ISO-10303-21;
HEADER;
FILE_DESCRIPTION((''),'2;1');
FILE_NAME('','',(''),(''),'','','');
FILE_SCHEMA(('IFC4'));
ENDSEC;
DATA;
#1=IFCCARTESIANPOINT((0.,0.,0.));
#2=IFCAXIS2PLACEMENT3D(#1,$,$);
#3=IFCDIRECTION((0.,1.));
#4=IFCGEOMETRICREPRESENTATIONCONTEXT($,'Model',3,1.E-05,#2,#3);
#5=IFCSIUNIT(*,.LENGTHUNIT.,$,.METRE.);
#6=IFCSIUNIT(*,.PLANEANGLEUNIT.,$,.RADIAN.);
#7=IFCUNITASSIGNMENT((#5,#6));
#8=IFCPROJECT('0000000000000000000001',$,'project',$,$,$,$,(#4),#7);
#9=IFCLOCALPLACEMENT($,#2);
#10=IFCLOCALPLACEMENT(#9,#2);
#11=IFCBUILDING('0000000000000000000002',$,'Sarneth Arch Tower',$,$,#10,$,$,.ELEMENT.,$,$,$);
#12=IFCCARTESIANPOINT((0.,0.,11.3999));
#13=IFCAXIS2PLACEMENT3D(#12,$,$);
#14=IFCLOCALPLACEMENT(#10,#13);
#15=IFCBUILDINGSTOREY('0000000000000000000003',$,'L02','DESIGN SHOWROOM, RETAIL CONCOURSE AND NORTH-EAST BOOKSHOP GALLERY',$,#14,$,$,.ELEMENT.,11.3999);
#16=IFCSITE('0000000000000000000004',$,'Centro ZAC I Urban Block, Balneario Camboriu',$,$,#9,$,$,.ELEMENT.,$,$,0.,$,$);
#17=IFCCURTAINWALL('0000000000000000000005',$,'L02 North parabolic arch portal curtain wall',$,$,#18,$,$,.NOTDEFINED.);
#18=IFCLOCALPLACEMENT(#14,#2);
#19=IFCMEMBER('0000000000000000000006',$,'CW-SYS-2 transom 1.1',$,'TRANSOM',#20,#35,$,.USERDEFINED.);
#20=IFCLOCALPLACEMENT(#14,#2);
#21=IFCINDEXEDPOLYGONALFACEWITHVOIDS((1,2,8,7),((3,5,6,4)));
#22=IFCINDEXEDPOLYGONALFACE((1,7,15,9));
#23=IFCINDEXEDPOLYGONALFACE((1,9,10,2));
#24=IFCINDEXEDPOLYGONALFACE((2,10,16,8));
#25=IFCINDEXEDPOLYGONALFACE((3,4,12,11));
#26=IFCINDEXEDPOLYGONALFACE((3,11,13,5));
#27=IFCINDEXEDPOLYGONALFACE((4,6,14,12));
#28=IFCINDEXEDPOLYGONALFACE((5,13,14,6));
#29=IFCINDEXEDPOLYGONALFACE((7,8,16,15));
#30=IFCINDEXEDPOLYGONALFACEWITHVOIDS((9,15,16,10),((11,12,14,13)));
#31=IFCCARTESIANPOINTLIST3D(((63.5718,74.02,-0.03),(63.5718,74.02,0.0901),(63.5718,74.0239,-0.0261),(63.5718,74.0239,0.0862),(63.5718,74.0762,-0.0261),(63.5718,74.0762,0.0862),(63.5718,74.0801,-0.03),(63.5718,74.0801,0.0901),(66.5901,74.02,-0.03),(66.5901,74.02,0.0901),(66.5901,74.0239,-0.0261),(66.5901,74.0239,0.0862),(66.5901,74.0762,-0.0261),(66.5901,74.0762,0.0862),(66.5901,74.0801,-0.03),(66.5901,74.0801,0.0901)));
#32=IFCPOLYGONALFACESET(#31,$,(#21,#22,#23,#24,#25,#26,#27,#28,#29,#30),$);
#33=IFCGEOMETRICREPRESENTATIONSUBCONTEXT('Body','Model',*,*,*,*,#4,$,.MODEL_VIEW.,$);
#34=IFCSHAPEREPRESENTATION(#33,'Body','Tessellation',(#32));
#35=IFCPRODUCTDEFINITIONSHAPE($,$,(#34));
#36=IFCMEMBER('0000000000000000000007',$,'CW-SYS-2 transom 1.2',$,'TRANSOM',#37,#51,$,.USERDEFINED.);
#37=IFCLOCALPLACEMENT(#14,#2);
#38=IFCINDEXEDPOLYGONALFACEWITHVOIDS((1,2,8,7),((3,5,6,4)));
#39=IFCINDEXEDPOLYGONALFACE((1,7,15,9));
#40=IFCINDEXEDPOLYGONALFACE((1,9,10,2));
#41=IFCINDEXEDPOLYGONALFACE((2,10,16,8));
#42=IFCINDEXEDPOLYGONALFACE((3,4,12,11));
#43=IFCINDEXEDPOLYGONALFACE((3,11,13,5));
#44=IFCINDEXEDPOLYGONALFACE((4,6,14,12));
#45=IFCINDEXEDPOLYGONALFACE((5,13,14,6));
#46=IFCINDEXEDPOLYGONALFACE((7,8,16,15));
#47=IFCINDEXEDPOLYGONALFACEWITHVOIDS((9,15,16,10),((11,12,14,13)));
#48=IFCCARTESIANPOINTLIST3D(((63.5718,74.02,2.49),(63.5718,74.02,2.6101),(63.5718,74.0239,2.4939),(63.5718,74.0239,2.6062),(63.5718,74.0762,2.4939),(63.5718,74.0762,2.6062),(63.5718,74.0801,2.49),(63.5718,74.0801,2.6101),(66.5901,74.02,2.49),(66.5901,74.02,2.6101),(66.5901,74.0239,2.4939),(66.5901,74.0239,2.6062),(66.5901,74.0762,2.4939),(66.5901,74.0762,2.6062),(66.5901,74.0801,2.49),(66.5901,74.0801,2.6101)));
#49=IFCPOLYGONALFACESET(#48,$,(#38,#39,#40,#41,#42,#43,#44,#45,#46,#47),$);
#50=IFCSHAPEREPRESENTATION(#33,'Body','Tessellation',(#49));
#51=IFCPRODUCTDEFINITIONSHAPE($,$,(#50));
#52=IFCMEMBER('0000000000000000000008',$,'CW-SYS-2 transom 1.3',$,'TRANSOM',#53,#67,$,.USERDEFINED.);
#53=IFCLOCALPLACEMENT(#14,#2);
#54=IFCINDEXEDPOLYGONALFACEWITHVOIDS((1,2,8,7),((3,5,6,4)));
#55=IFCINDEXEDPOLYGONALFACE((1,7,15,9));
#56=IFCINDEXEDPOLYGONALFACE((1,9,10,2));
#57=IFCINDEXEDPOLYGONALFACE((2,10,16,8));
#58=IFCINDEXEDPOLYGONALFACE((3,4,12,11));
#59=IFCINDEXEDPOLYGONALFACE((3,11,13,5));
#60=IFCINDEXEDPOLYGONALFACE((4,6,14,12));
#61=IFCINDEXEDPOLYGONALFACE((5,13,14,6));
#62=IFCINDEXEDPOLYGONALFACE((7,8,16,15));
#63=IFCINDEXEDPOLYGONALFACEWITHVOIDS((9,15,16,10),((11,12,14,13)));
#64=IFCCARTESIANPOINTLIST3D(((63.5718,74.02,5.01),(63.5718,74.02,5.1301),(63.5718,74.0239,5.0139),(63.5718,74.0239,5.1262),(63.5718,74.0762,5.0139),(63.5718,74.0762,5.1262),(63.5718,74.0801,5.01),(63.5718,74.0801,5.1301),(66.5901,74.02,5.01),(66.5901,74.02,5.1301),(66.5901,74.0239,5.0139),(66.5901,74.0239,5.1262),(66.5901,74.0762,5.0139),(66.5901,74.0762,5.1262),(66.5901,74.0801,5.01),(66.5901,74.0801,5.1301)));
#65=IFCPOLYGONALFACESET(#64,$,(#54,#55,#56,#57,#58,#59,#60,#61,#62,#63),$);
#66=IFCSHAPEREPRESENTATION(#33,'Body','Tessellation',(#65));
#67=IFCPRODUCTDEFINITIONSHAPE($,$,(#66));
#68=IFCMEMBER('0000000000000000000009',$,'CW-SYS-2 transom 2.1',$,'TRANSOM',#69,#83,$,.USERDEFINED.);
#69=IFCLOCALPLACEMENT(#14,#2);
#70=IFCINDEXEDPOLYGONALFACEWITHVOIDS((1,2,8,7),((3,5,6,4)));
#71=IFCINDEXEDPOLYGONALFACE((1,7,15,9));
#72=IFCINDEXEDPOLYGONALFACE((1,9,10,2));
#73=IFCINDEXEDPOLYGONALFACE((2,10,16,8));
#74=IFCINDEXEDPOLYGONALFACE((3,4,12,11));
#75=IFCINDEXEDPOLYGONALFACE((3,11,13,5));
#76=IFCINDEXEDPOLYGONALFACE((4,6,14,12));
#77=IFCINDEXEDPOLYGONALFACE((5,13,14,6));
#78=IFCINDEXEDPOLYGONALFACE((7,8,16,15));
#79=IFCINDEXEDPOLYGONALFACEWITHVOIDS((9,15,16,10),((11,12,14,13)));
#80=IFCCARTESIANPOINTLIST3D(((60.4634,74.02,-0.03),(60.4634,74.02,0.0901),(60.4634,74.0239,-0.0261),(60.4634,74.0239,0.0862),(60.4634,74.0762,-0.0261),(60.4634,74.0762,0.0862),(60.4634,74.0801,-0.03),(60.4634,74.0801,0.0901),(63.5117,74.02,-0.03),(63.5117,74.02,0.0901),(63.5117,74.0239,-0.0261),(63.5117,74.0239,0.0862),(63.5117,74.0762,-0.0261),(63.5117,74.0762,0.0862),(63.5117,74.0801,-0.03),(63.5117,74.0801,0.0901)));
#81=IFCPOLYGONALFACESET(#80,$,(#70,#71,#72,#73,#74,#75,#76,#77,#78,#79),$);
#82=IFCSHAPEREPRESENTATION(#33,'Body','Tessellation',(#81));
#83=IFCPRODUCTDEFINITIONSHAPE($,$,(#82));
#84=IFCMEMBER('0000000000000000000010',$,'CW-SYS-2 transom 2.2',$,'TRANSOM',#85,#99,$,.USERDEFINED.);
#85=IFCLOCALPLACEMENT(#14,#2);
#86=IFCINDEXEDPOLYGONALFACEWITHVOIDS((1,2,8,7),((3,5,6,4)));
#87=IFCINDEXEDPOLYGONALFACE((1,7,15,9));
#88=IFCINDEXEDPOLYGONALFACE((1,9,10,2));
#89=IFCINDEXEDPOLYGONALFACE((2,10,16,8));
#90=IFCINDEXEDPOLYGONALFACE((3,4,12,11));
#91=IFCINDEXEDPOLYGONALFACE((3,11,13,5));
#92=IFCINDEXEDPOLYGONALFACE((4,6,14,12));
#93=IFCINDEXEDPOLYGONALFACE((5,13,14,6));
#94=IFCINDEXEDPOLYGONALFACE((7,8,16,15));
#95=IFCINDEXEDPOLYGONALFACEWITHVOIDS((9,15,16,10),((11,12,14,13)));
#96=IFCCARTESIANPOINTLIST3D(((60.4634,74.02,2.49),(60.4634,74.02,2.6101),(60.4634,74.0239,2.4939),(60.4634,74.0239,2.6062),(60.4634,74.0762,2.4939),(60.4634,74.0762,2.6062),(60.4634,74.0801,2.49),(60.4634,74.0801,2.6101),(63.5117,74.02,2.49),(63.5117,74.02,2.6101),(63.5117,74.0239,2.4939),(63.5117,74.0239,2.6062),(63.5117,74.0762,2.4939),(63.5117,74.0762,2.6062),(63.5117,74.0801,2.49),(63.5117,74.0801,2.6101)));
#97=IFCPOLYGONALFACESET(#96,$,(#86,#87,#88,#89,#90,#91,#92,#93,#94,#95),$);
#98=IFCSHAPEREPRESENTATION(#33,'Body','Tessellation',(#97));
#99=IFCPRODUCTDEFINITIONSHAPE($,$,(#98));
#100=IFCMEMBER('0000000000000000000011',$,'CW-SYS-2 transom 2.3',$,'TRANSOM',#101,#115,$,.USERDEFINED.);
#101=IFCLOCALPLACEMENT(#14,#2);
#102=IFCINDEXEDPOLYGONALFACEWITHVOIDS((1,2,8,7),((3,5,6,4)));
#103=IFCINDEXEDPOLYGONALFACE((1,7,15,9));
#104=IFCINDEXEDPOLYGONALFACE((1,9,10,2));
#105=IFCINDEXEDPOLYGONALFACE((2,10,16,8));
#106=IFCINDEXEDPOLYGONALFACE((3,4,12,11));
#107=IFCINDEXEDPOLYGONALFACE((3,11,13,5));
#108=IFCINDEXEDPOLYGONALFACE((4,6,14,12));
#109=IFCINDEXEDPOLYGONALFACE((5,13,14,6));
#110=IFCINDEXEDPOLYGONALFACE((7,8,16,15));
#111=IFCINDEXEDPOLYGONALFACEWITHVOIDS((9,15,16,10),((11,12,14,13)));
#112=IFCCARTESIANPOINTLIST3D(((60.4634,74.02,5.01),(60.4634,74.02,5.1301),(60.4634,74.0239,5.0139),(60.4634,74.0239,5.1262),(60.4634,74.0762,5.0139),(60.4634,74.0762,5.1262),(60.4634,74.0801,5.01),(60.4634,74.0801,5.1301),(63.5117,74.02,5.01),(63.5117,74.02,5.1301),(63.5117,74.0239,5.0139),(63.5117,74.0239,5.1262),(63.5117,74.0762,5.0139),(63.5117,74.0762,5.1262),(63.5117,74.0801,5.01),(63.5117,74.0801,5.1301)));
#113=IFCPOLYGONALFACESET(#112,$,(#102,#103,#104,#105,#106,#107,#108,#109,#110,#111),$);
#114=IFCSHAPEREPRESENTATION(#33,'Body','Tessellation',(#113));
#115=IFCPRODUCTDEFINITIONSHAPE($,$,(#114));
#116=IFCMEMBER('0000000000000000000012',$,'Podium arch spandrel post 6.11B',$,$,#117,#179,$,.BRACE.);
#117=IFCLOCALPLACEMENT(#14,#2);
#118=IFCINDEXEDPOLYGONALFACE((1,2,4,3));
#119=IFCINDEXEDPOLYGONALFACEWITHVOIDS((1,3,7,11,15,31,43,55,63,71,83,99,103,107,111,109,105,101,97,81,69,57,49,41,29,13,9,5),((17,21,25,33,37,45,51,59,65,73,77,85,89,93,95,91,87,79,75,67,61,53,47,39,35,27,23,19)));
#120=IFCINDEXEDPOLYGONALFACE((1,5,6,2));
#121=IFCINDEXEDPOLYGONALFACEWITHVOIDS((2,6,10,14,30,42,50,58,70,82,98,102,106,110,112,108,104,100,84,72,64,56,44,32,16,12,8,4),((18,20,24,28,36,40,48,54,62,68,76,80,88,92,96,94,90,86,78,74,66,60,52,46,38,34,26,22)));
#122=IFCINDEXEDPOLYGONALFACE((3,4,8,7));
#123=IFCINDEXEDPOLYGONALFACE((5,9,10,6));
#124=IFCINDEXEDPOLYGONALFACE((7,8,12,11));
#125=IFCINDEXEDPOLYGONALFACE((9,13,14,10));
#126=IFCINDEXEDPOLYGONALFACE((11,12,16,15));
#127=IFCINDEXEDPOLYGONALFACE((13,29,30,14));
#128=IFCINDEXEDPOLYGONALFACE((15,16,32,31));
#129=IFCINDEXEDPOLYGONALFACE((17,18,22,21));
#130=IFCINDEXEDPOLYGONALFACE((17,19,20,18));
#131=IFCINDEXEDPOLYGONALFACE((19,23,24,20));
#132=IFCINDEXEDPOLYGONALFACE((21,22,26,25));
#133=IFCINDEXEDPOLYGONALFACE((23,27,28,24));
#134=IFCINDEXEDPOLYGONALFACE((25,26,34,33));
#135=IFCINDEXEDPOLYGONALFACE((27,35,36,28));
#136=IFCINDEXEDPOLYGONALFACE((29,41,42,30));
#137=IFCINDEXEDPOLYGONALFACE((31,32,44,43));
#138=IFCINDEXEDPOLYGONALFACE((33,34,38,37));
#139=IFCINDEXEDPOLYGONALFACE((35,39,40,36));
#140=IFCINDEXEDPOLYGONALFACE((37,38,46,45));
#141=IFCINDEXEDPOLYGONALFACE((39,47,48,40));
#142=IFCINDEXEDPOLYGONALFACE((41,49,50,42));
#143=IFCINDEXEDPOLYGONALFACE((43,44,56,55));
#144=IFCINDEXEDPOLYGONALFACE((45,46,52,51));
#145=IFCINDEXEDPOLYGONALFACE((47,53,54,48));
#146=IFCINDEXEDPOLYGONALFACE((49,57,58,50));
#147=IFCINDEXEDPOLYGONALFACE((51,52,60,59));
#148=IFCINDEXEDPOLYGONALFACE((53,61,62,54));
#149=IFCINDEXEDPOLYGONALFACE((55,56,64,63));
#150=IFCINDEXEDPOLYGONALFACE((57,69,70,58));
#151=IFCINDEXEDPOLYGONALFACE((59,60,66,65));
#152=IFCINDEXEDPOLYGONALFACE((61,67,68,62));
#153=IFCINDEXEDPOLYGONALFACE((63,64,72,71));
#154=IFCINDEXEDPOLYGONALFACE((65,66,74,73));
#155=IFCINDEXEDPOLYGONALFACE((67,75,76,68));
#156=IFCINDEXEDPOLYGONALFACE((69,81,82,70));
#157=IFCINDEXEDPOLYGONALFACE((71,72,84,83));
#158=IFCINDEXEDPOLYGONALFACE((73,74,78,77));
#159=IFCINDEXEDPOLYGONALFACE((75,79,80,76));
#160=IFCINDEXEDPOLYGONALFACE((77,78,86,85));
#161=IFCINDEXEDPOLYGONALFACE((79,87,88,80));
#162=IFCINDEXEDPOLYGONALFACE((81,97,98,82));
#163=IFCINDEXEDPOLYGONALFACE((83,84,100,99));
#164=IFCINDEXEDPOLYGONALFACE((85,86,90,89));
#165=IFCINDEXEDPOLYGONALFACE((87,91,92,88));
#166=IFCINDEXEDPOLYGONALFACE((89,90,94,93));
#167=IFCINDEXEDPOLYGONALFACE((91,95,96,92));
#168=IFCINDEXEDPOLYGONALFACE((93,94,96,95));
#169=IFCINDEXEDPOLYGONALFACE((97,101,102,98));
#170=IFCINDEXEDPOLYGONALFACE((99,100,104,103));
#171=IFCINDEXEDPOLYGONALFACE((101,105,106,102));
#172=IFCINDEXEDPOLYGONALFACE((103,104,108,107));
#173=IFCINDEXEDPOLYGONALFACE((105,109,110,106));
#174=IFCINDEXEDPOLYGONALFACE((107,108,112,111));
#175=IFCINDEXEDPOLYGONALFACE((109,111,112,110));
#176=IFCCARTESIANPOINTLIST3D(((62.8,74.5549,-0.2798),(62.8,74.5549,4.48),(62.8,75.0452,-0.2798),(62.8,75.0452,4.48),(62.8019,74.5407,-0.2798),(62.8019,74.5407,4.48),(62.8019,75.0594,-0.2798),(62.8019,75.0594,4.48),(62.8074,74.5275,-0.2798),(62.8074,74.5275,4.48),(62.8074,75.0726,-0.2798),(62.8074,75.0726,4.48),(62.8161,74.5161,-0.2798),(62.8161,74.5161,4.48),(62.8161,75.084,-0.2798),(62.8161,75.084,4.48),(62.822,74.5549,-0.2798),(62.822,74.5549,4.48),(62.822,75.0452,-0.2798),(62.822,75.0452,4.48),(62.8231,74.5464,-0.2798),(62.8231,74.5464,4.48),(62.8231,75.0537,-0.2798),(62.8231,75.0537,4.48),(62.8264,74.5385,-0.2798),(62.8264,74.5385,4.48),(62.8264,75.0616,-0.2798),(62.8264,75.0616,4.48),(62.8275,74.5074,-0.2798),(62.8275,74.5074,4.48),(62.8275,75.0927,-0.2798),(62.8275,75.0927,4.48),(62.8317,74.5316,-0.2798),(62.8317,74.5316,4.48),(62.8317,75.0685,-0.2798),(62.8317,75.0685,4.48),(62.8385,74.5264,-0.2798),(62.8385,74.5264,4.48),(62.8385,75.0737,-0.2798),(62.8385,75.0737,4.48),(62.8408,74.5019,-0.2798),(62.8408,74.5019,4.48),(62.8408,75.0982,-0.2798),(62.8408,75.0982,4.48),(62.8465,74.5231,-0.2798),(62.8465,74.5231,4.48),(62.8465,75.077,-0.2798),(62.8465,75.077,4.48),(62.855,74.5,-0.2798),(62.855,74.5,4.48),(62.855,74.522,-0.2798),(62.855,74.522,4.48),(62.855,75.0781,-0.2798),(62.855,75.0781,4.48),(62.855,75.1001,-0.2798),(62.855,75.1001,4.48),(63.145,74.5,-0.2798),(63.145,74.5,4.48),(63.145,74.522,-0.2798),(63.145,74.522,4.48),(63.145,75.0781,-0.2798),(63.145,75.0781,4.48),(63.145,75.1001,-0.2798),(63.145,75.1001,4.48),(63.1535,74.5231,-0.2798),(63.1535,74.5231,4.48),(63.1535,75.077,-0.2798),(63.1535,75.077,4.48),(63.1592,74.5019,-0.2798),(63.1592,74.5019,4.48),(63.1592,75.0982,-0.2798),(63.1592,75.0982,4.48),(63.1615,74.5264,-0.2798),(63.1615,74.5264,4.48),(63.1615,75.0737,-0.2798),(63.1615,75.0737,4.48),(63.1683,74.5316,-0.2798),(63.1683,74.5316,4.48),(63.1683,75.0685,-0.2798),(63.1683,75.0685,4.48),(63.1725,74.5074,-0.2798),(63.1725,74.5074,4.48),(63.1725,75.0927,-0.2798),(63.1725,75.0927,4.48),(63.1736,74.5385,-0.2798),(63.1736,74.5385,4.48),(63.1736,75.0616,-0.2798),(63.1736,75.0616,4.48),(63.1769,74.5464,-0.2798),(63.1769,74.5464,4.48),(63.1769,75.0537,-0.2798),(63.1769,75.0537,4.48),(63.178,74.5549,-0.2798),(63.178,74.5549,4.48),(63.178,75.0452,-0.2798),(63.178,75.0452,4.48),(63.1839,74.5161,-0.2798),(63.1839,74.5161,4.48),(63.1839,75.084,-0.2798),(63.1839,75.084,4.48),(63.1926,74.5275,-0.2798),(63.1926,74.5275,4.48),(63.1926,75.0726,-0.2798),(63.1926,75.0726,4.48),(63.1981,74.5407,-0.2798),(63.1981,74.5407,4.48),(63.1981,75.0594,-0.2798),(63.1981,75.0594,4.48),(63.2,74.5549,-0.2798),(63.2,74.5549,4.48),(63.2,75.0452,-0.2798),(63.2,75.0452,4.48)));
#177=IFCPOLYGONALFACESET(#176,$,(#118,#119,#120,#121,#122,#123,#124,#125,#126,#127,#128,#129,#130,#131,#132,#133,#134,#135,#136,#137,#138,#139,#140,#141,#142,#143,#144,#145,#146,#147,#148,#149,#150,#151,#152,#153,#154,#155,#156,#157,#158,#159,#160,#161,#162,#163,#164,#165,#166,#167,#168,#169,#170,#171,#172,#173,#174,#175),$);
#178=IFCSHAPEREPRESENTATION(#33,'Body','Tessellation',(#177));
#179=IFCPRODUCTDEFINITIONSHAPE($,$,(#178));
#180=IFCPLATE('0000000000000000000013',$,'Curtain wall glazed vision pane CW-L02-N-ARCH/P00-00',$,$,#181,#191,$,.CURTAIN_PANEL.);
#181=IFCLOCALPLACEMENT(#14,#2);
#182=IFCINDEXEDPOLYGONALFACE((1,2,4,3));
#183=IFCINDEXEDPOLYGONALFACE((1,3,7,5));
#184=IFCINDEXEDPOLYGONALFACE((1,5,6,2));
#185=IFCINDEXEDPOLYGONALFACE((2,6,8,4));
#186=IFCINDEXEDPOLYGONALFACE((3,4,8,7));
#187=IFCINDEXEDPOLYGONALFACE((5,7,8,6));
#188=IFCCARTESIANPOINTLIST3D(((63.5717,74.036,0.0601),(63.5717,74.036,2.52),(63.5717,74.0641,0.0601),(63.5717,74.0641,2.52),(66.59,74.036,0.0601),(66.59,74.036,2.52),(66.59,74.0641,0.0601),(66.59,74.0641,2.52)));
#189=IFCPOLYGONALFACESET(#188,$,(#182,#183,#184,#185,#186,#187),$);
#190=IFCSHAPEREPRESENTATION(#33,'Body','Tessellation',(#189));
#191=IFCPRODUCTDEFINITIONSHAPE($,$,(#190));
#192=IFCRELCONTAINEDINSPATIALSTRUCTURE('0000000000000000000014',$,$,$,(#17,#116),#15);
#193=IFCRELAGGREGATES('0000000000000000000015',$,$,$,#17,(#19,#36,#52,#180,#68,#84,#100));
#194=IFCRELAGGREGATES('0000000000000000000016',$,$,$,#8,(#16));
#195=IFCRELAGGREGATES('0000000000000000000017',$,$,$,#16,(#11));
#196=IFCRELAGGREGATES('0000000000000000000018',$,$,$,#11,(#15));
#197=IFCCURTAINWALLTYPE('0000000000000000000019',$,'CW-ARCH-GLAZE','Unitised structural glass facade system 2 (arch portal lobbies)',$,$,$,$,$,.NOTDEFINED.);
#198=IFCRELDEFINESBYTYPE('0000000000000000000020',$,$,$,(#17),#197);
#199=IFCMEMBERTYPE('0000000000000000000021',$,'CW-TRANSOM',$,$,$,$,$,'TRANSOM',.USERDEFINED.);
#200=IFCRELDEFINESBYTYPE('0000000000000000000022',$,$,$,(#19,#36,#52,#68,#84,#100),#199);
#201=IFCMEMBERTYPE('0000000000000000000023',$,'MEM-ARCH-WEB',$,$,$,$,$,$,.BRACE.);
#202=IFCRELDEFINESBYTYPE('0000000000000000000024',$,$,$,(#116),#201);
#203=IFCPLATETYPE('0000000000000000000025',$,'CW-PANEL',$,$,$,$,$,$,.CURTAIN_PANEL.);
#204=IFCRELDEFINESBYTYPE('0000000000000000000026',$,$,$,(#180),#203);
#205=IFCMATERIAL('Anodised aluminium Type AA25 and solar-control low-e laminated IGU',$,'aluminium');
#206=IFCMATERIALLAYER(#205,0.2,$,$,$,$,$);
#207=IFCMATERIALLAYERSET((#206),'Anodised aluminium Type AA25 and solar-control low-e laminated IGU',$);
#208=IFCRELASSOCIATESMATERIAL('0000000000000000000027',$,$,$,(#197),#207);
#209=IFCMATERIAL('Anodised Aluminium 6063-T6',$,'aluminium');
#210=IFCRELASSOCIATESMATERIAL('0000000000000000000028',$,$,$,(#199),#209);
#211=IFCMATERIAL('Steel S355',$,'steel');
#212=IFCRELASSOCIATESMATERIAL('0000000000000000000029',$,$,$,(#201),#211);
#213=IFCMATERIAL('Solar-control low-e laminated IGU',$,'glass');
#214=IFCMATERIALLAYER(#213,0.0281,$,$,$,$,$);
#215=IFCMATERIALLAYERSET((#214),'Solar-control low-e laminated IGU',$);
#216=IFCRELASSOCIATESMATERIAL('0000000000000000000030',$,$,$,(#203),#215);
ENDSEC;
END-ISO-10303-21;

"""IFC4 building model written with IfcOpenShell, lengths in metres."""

from ifc_helpers import new_model, si_unit, direction, frame, origin, origin_2d, place, context, subcontext, project, spatial, rectangle, hollow_rectangle, extrude, material, layer, layer_set, material_profile, profile_set, type_object, element, aggregate, save


model = new_model("IFC4")

# Units and contexts
model_context = context("Model", 3, precision=1e-05, world=origin(), true_north=direction((0.0, 1.0)))
body_context = subcontext(model_context, "Body", "Model", "MODEL_VIEW")
ifc_project = project(units=[si_unit("LENGTHUNIT", "METRE"), si_unit("PLANEANGLEUNIT", "RADIAN")], contexts=[model_context])

# Site, building, storey
site_placement = place(None, origin())
site = spatial("IfcSite", under=ifc_project, at=site_placement, Name="Centro ZAC I Urban Block, Balneario Camboriu", CompositionType="ELEMENT", RefElevation=0.0)
building_placement = place(site_placement, origin())
building = spatial("IfcBuilding", under=site, at=building_placement, Name="Sarneth Arch Tower", CompositionType="ELEMENT")
storey_placement = place(building_placement, frame((0.0, 0.0, 11.3999)))
storey = spatial("IfcBuildingStorey", under=building, at=storey_placement, Name="L02", Description="DESIGN SHOWROOM, RETAIL CONCOURSE AND NORTH-EAST BOOKSHOP GALLERY", CompositionType="ELEMENT", Elevation=11.3999)

# Curtain wall
ifc_material_1 = material(Name="Anodised aluminium Type AA25 and solar-control low-e laminated IGU", Category="aluminium")
ifc_layer_1 = layer(ifc_material_1, 0.2)
ifc_layer_set_1 = layer_set([ifc_layer_1], Name="Anodised aluminium Type AA25 and solar-control low-e laminated IGU")
curtain_wall_type_1 = type_object("IfcCurtainWallType", Name="CW-ARCH-GLAZE", Description="Unitised structural glass facade system 2 (arch portal lobbies)", PredefinedType="NOTDEFINED", material=ifc_layer_set_1)
curtain_wall_1_placement = place(storey_placement, origin())
curtain_wall_1 = element("IfcCurtainWall", 1, at=curtain_wall_1_placement, inside=storey, type_object=curtain_wall_type_1, Name="L02 North parabolic arch portal curtain wall", PredefinedType="NOTDEFINED")

# Members
ifc_material_2 = material(Name="Anodised Aluminium 6063-T6", Category="aluminium")
ifc_material_profile_1 = material_profile(ifc_material_2, hollow_rectangle(XDim=0.0601, YDim=0.1201, WallThickness=0.0039, at=origin_2d()), Name="AL-TRAN-120x60x4")
ifc_profile_set_1 = profile_set([ifc_material_profile_1], Name="Anodised Aluminium 6063-T6")
member_type_1 = type_object("IfcMemberType", Name="CW-TRANSOM", ElementType="TRANSOM", PredefinedType="USERDEFINED", material=ifc_profile_set_1)
member_1_placement = place(storey_placement, frame((66.5901, 74.05, 0.03), z_axis=(-1.0, 0.0, 0.0), x_axis=(0.0, -1.0, 0.0)))
member_1 = element("IfcMember", 2, at=member_1_placement, type_object=member_type_1, Name="CW-SYS-2 transom 1.1", ObjectType="TRANSOM", PredefinedType="USERDEFINED", context=body_context, shape_type="SweptSolid", body=[
    extrude(hollow_rectangle(XDim=0.0601, YDim=0.1201, WallThickness=0.0039, at=origin_2d()), origin(), (0.0, 0.0, 1.0), 3.0183),
])
member_2_placement = place(storey_placement, frame((66.5901, 74.05, 2.55), z_axis=(-1.0, 0.0, 0.0), x_axis=(0.0, -1.0, 0.0)))
member_2 = element("IfcMember", 3, at=member_2_placement, type_object=member_type_1, Name="CW-SYS-2 transom 1.2", ObjectType="TRANSOM", PredefinedType="USERDEFINED", context=body_context, shape_type="SweptSolid", body=[
    extrude(hollow_rectangle(XDim=0.0601, YDim=0.1201, WallThickness=0.0039, at=origin_2d()), origin(), (0.0, 0.0, 1.0), 3.0183),
])
member_3_placement = place(storey_placement, frame((66.5901, 74.05, 5.0701), z_axis=(-1.0, 0.0, 0.0), x_axis=(0.0, -1.0, 0.0)))
member_3 = element("IfcMember", 4, at=member_3_placement, type_object=member_type_1, Name="CW-SYS-2 transom 1.3", ObjectType="TRANSOM", PredefinedType="USERDEFINED", context=body_context, shape_type="SweptSolid", body=[
    extrude(hollow_rectangle(XDim=0.0601, YDim=0.1201, WallThickness=0.0039, at=origin_2d()), origin(), (0.0, 0.0, 1.0), 3.0183),
])
member_4_placement = place(storey_placement, frame((63.5117, 74.05, 0.03), z_axis=(-1.0, 0.0, 0.0), x_axis=(0.0, -1.0, 0.0)))
member_4 = element("IfcMember", 5, at=member_4_placement, type_object=member_type_1, Name="CW-SYS-2 transom 2.1", ObjectType="TRANSOM", PredefinedType="USERDEFINED", context=body_context, shape_type="SweptSolid", body=[
    extrude(hollow_rectangle(XDim=0.0601, YDim=0.1201, WallThickness=0.0039, at=origin_2d()), origin(), (0.0, 0.0, 1.0), 3.0483),
])
member_5_placement = place(storey_placement, frame((63.5117, 74.05, 2.55), z_axis=(-1.0, 0.0, 0.0), x_axis=(0.0, -1.0, 0.0)))
member_5 = element("IfcMember", 6, at=member_5_placement, type_object=member_type_1, Name="CW-SYS-2 transom 2.2", ObjectType="TRANSOM", PredefinedType="USERDEFINED", context=body_context, shape_type="SweptSolid", body=[
    extrude(hollow_rectangle(XDim=0.0601, YDim=0.1201, WallThickness=0.0039, at=origin_2d()), origin(), (0.0, 0.0, 1.0), 3.0483),
])
member_6_placement = place(storey_placement, frame((63.5117, 74.05, 5.0701), z_axis=(-1.0, 0.0, 0.0), x_axis=(0.0, -1.0, 0.0)))
member_6 = element("IfcMember", 7, at=member_6_placement, type_object=member_type_1, Name="CW-SYS-2 transom 2.3", ObjectType="TRANSOM", PredefinedType="USERDEFINED", context=body_context, shape_type="SweptSolid", body=[
    extrude(hollow_rectangle(XDim=0.0601, YDim=0.1201, WallThickness=0.0039, at=origin_2d()), origin(), (0.0, 0.0, 1.0), 3.0483),
])
ifc_material_3 = material(Name="Steel S355", Category="steel")
ifc_material_profile_2 = material_profile(ifc_material_3, hollow_rectangle(XDim=0.3999, YDim=0.6001, WallThickness=0.022, InnerFilletRadius=0.033, OuterFilletRadius=0.0549, at=origin_2d()), Name="RHS600x400x22")
ifc_profile_set_2 = profile_set([ifc_material_profile_2], Name="Steel S355")
member_type_2 = type_object("IfcMemberType", Name="MEM-ARCH-WEB", PredefinedType="BRACE", material=ifc_profile_set_2)
member_7_placement = place(storey_placement, frame((63.0, 74.8, -0.2798), z_axis=(0.0, 0.0, 1.0), x_axis=(1.0, 0.0, 0.0)))
element("IfcMember", 8, at=member_7_placement, inside=storey, type_object=member_type_2, Name="Podium arch spandrel post 6.11B", PredefinedType="BRACE", context=body_context, shape_type="SweptSolid", body=[
    extrude(hollow_rectangle(XDim=0.3999, YDim=0.6001, WallThickness=0.022, InnerFilletRadius=0.033, OuterFilletRadius=0.0549, at=origin_2d()), origin(), (0.0, 0.0, 1.0), 4.7598),
])

# Plate
ifc_material_4 = material(Name="Solar-control low-e laminated IGU", Category="glass")
ifc_layer_2 = layer(ifc_material_4, 0.0281)
ifc_layer_set_2 = layer_set([ifc_layer_2], Name="Solar-control low-e laminated IGU")
plate_type_1 = type_object("IfcPlateType", Name="CW-PANEL", PredefinedType="CURTAIN_PANEL", material=ifc_layer_set_2)
plate_1_placement = place(storey_placement, frame((65.0808, 74.05, 0.0601), z_axis=(0.0, 0.0, 1.0), x_axis=(-1.0, 0.0, 0.0)))
plate_1 = element("IfcPlate", 9, at=plate_1_placement, type_object=plate_type_1, Name="Curtain wall glazed vision pane CW-L02-N-ARCH/P00-00", PredefinedType="CURTAIN_PANEL", context=body_context, shape_type="SweptSolid", body=[
    extrude(rectangle(XDim=3.0183, YDim=0.0281, at=origin_2d()), origin(), (0.0, 0.0, 1.0), 2.46),
])
aggregate(curtain_wall_1, [member_1, member_2, member_3, plate_1, member_4, member_5, member_6])

save(model, "model.ifc")
